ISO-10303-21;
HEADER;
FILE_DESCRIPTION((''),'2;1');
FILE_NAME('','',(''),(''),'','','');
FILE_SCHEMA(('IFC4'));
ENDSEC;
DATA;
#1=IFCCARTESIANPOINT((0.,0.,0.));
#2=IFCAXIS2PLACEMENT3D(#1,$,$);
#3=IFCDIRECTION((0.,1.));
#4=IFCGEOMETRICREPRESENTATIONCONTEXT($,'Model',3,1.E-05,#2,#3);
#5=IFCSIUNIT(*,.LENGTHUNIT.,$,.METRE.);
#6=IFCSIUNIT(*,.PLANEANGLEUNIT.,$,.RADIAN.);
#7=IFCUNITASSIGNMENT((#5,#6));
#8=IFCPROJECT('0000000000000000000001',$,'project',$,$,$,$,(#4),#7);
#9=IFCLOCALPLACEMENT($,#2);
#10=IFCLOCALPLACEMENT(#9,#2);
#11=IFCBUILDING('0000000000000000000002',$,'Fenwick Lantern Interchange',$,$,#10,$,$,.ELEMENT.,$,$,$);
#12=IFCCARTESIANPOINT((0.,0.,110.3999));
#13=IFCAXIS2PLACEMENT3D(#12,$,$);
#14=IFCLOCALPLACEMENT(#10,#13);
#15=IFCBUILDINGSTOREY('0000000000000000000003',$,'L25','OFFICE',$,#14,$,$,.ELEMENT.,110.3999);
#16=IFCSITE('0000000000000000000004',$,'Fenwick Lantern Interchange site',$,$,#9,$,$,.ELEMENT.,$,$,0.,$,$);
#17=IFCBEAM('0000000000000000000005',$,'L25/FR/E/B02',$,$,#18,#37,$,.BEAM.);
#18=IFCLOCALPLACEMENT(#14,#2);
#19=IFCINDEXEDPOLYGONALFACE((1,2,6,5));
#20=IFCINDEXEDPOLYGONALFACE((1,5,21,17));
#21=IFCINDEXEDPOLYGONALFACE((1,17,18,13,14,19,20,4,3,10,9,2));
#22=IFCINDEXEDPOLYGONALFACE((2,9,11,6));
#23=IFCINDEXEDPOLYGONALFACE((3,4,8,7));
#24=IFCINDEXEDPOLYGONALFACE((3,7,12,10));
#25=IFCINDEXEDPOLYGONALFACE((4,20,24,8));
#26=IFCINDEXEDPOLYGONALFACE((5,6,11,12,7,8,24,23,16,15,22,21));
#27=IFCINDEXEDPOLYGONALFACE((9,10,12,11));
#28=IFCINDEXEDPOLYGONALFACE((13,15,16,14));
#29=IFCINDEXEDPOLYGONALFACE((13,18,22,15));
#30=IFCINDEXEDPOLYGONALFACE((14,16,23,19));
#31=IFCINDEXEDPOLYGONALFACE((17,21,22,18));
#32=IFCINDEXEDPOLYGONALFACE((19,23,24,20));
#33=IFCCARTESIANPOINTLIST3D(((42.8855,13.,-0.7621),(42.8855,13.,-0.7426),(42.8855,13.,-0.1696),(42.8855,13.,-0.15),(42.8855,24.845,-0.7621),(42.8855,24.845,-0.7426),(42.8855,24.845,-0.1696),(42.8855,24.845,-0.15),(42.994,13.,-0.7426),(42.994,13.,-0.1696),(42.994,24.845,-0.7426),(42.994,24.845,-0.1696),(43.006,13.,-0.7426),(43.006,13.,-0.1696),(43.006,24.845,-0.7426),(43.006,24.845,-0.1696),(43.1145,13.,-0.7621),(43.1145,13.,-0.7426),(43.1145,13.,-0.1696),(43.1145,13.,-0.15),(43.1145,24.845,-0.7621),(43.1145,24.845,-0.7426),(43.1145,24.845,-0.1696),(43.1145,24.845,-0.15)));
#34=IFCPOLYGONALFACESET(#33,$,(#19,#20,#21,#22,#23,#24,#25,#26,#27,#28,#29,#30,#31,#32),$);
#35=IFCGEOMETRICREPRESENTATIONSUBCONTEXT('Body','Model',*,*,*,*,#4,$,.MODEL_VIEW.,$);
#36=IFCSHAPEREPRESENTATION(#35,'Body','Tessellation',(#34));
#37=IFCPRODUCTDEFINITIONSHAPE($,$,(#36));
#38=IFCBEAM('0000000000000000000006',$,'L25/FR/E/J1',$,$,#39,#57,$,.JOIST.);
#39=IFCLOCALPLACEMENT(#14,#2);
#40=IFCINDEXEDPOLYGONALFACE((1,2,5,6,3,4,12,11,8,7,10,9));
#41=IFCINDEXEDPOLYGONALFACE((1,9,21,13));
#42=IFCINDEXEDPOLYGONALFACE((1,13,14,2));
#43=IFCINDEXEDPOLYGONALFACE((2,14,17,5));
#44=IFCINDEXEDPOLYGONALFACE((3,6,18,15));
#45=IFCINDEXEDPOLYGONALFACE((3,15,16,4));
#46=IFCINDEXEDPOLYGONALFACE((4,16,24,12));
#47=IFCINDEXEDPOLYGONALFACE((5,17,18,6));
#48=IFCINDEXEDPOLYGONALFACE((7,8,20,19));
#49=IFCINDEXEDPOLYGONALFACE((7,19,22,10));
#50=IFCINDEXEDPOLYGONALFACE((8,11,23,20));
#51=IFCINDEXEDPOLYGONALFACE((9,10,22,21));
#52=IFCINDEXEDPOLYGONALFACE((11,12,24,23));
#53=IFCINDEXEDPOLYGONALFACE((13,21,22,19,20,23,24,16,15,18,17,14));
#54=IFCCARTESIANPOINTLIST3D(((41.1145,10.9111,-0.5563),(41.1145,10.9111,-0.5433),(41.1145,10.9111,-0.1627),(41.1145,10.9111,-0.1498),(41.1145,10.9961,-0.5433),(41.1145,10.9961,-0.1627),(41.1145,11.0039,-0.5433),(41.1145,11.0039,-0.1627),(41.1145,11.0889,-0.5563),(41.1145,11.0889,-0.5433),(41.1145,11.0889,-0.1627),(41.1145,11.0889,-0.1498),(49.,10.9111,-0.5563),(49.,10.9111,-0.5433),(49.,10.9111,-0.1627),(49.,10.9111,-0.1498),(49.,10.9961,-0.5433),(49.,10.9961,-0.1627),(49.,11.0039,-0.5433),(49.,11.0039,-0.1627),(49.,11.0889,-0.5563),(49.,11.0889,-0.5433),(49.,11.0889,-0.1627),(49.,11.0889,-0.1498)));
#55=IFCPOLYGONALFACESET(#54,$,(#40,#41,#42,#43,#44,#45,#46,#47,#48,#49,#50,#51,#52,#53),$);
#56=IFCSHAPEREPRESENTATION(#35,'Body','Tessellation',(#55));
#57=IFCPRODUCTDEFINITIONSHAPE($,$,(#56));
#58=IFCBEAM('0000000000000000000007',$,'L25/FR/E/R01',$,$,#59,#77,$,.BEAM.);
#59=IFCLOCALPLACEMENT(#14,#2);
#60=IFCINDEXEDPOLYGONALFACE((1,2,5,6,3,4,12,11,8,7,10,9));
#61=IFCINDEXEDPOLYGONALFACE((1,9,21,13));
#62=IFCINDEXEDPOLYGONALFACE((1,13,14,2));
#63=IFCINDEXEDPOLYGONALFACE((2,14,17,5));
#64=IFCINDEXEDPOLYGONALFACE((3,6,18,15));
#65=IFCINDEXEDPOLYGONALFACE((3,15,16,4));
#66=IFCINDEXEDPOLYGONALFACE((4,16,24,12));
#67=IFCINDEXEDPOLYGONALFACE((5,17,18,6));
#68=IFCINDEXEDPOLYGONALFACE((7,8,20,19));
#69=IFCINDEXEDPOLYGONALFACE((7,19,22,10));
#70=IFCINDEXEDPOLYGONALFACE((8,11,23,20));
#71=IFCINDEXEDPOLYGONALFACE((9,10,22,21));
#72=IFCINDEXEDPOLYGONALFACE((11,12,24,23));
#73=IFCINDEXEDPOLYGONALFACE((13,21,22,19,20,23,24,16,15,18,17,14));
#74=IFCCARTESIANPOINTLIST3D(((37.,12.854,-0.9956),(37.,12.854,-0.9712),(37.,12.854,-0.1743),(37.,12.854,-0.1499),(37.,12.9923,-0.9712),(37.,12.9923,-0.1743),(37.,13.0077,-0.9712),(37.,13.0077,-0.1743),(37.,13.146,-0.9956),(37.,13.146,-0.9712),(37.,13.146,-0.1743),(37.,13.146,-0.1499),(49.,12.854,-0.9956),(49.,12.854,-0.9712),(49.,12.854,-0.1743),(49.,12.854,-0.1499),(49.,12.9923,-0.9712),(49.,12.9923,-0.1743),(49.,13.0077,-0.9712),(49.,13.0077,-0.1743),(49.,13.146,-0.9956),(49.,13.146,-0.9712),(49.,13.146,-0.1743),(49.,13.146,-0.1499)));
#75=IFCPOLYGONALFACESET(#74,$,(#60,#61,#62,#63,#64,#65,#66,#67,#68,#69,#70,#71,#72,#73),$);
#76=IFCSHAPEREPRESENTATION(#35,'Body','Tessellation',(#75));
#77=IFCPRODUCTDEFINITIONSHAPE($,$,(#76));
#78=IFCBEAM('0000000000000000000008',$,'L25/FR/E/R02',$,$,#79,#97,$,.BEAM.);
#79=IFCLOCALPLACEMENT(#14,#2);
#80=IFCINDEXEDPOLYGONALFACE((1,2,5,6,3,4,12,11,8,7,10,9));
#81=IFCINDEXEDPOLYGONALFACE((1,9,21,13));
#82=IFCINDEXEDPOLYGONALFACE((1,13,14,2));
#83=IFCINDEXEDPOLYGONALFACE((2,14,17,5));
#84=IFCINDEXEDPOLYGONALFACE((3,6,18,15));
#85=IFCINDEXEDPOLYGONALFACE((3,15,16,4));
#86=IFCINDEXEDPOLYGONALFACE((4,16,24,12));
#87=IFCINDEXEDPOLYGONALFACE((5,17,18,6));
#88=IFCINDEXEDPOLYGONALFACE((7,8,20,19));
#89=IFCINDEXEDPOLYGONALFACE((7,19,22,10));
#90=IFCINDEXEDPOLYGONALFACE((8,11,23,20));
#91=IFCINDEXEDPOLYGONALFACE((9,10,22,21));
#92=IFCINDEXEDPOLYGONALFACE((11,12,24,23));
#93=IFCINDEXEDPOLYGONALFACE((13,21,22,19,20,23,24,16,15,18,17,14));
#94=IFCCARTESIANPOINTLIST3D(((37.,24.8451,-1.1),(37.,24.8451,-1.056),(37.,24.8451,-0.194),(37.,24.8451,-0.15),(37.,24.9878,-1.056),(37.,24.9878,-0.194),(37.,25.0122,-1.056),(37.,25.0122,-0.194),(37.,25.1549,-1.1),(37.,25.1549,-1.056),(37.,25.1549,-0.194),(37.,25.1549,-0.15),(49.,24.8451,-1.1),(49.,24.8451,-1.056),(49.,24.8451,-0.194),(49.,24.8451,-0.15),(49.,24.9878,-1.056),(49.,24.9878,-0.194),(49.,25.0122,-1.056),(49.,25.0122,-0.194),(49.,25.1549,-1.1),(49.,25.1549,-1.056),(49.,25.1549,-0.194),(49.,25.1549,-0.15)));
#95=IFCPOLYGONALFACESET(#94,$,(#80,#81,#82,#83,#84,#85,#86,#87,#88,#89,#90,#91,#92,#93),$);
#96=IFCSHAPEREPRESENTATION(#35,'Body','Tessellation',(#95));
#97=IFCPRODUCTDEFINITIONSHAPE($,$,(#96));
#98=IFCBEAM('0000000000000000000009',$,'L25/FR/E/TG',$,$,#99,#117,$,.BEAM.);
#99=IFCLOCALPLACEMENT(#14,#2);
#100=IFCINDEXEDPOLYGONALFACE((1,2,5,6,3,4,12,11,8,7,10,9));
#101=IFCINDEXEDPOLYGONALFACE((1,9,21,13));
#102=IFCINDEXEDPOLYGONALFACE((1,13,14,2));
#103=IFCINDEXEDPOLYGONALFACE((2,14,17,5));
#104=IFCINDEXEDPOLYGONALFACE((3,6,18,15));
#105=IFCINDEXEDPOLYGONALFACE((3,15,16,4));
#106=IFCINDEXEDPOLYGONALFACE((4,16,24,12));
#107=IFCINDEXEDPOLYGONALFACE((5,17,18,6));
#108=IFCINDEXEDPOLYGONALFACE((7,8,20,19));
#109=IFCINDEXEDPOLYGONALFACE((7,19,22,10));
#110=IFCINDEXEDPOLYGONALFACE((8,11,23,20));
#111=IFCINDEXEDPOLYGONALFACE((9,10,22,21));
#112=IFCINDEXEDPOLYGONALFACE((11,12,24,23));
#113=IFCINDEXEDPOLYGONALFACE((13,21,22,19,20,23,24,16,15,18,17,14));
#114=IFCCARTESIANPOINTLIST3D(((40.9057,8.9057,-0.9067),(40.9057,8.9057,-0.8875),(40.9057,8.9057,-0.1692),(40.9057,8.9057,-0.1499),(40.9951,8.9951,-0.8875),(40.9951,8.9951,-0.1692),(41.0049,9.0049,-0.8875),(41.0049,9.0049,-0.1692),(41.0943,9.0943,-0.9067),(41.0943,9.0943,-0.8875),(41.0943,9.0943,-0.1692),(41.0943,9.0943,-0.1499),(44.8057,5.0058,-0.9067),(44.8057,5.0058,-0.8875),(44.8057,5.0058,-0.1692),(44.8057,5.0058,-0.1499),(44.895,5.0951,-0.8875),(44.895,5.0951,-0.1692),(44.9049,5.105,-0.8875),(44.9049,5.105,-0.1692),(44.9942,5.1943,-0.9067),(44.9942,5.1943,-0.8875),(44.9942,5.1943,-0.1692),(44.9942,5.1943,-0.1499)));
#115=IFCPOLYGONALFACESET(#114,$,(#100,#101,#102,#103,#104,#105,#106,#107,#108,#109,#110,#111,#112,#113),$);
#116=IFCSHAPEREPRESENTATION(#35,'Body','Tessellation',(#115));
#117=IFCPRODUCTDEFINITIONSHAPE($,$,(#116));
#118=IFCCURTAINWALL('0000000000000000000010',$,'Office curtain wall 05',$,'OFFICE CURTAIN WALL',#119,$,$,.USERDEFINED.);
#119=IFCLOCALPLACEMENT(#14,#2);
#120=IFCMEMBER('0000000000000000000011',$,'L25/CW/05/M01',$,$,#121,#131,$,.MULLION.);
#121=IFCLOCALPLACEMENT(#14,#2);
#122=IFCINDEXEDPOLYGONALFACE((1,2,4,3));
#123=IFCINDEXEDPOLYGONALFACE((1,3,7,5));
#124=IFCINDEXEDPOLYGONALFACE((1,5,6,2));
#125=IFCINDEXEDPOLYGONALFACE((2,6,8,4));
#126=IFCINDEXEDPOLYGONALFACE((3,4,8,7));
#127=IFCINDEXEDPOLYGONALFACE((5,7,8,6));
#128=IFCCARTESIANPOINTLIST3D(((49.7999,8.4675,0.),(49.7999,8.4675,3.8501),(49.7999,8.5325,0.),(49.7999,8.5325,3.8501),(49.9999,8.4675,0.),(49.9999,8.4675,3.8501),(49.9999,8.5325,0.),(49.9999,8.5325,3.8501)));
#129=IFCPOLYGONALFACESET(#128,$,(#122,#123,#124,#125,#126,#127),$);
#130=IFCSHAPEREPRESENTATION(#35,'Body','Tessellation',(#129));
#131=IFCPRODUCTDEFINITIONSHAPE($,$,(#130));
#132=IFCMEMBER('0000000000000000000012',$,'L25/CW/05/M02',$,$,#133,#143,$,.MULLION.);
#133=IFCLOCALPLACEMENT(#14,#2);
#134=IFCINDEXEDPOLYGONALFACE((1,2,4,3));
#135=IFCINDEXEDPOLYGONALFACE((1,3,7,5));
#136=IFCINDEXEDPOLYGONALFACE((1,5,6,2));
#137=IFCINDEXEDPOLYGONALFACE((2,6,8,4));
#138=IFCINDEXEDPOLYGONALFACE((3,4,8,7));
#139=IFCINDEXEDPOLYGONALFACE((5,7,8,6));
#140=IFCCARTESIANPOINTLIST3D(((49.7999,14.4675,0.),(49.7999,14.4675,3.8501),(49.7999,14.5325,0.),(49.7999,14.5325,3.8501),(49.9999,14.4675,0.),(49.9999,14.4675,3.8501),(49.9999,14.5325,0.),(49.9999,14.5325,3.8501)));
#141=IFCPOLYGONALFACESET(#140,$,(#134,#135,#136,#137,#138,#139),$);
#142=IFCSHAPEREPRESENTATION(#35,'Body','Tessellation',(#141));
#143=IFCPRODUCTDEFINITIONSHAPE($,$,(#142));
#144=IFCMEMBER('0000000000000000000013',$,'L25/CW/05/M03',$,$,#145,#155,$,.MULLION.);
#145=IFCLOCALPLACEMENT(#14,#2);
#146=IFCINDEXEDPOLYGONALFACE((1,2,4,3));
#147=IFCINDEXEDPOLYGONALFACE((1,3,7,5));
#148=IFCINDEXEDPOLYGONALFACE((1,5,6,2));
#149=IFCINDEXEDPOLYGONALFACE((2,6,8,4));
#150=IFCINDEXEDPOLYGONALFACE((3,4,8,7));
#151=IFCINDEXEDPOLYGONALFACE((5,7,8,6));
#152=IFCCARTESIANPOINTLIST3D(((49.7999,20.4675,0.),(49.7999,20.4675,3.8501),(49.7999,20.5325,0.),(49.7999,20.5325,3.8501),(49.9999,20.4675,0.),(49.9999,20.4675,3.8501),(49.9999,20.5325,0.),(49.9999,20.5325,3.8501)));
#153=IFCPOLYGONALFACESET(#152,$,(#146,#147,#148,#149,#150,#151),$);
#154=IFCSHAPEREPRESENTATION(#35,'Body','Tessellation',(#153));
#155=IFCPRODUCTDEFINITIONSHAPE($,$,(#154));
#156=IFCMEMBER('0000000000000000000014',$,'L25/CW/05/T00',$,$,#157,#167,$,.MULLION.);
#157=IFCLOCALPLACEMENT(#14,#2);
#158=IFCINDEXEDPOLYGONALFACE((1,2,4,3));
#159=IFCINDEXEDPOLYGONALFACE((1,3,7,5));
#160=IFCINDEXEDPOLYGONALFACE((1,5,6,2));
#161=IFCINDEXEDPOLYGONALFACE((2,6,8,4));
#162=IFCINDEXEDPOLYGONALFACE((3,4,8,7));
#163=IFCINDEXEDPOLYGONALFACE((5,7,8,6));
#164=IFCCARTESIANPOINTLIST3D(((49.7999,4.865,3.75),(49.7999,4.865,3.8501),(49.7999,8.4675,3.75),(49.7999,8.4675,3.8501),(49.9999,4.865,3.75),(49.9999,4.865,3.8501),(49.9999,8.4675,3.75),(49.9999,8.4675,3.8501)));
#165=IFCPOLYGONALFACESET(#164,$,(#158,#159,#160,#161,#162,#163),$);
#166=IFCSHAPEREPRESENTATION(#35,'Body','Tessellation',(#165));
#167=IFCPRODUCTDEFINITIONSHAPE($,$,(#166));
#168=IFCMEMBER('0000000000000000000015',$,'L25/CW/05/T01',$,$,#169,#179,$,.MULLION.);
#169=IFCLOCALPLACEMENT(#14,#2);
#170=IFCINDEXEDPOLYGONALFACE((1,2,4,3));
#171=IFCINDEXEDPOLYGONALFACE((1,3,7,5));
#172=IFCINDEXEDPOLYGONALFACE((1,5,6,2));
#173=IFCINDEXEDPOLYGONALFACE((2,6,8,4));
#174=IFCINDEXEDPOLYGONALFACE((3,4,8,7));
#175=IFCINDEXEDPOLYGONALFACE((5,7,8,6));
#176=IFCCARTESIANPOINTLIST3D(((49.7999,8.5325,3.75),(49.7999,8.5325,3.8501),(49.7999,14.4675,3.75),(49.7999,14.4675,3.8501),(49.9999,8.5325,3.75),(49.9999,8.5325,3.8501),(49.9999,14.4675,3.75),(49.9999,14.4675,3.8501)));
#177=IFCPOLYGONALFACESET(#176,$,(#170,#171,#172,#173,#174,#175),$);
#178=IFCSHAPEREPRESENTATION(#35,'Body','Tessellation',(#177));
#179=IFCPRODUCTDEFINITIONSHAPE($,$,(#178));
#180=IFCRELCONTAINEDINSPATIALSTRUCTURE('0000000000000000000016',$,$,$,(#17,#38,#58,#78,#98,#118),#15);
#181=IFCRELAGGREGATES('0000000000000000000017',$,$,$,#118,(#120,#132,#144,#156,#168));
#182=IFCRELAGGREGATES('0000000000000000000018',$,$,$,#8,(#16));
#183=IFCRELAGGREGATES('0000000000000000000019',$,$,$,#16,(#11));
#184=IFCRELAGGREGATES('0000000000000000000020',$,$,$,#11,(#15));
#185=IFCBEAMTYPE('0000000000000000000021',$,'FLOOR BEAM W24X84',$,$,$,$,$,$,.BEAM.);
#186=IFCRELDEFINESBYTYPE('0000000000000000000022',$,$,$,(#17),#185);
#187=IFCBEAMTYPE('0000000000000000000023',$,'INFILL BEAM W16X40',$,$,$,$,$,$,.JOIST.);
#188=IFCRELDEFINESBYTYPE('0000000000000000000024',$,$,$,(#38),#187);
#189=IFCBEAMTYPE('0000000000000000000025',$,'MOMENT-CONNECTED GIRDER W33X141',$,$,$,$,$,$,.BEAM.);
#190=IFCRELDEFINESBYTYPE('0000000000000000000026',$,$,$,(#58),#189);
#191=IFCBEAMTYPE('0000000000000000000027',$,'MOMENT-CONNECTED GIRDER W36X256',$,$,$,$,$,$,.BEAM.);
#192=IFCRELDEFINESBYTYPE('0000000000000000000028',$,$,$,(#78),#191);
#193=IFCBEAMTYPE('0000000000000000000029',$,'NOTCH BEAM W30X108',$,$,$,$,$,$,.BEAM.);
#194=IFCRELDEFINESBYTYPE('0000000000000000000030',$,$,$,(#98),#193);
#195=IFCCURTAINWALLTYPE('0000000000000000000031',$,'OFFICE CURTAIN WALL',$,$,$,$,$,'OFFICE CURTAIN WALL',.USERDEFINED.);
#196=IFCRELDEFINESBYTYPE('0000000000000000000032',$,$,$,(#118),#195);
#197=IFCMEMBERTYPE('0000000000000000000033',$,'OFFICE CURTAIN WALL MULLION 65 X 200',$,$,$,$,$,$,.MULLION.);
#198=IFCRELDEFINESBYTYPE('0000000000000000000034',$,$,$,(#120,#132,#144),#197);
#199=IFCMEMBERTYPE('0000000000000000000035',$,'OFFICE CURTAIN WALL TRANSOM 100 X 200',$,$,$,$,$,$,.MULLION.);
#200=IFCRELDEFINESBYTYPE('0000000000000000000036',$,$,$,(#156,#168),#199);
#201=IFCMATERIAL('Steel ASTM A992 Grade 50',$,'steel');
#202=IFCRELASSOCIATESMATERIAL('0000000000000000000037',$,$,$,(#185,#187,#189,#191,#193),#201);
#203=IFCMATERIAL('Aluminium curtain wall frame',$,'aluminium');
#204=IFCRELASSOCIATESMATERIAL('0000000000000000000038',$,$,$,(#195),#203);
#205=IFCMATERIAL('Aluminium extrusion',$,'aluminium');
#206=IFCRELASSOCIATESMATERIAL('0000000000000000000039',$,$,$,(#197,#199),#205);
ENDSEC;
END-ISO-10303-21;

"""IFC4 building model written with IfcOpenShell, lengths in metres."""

from ifc_helpers import new_model, si_unit, direction, frame, origin, origin_2d, place, context, subcontext, project, spatial, rectangle, i_section, extrude, material, material_profile, profile_set, type_object, element, aggregate, save


model = new_model("IFC4")

# Units and contexts
model_context = context("Model", 3, precision=1e-05, world=origin(), true_north=direction((0.0, 1.0)))
body_context = subcontext(model_context, "Body", "Model", "MODEL_VIEW")
ifc_project = project(units=[si_unit("LENGTHUNIT", "METRE"), si_unit("PLANEANGLEUNIT", "RADIAN")], contexts=[model_context])

# Site, building, storey
site_placement = place(None, origin())
site = spatial("IfcSite", under=ifc_project, at=site_placement, Name="Fenwick Lantern Interchange site", CompositionType="ELEMENT", RefElevation=0.0)
building_placement = place(site_placement, origin())
building = spatial("IfcBuilding", under=site, at=building_placement, Name="Fenwick Lantern Interchange", CompositionType="ELEMENT")
storey_placement = place(building_placement, frame((0.0, 0.0, 110.3999)))
storey = spatial("IfcBuildingStorey", under=building, at=storey_placement, Name="L25", Description="OFFICE", CompositionType="ELEMENT", Elevation=110.3999)

# Shared definitions
ifc_material_1 = material(Name="Steel ASTM A992 Grade 50", Category="steel")

# Beams
ifc_material_profile_1 = material_profile(ifc_material_1, i_section(OverallWidth=0.229, OverallDepth=0.6121, WebThickness=0.012, FlangeThickness=0.0195, at=origin_2d()), Name="W24X84")
ifc_profile_set_1 = profile_set([ifc_material_profile_1], Name="Steel ASTM A992 Grade 50")
beam_type_1 = type_object("IfcBeamType", Name="FLOOR BEAM W24X84", PredefinedType="BEAM", material=ifc_profile_set_1)
for number, where, z_axis, x_axis, name in (
    (1, (43.0, 13.0, -0.4561), (0.0, 1.0, 0.0), (-1.0, 0.0, 0.0), "L25/FR/E/B02"),
):
    element("IfcBeam", number, at=place(storey_placement, frame(where, z_axis=z_axis, x_axis=x_axis)), inside=storey, type_object=beam_type_1, Name=name, PredefinedType="BEAM", context=body_context, shape_type="SweptSolid", body=[
        extrude(i_section(OverallWidth=0.229, OverallDepth=0.6121, WebThickness=0.012, FlangeThickness=0.0195, at=origin_2d()), origin(), (0.0, 0.0, 1.0), 11.845),
    ])
ifc_material_profile_2 = material_profile(ifc_material_1, i_section(OverallWidth=0.1777, OverallDepth=0.4065, WebThickness=0.0078, FlangeThickness=0.0129, at=origin_2d()), Name="W16X40")
ifc_profile_set_2 = profile_set([ifc_material_profile_2], Name="Steel ASTM A992 Grade 50")
beam_type_2 = type_object("IfcBeamType", Name="INFILL BEAM W16X40", PredefinedType="JOIST", material=ifc_profile_set_2)
beam_1_placement = place(storey_placement, frame((49.0, 11.0, -0.353), z_axis=(-1.0, 0.0, 0.0), x_axis=(0.0, -1.0, 0.0)))
element("IfcBeam", 2, at=beam_1_placement, inside=storey, type_object=beam_type_2, Name="L25/FR/E/J1", PredefinedType="JOIST", context=body_context, shape_type="SweptSolid", body=[
    extrude(i_section(OverallWidth=0.1777, OverallDepth=0.4065, WebThickness=0.0078, FlangeThickness=0.0129, at=origin_2d()), origin(), (0.0, 0.0, 1.0), 7.8855),
])
ifc_material_profile_3 = material_profile(ifc_material_1, i_section(OverallWidth=0.292, OverallDepth=0.8457, WebThickness=0.0154, FlangeThickness=0.0244, at=origin_2d()), Name="W33X141")
ifc_profile_set_3 = profile_set([ifc_material_profile_3], Name="Steel ASTM A992 Grade 50")
beam_type_3 = type_object("IfcBeamType", Name="MOMENT-CONNECTED GIRDER W33X141", PredefinedType="BEAM", material=ifc_profile_set_3)
beam_2_placement = place(storey_placement, frame((49.0, 13.0, -0.5728), z_axis=(-1.0, 0.0, 0.0), x_axis=(0.0, -1.0, 0.0)))
element("IfcBeam", 3, at=beam_2_placement, inside=storey, type_object=beam_type_3, Name="L25/FR/E/R01", PredefinedType="BEAM", context=body_context, shape_type="SweptSolid", body=[
    extrude(i_section(OverallWidth=0.292, OverallDepth=0.8457, WebThickness=0.0154, FlangeThickness=0.0244, at=origin_2d()), origin(), (0.0, 0.0, 1.0), 12.0),
])
ifc_material_profile_4 = material_profile(ifc_material_1, i_section(OverallWidth=0.3098, OverallDepth=0.95, WebThickness=0.0244, FlangeThickness=0.0439, at=origin_2d()), Name="W36X256")
ifc_profile_set_4 = profile_set([ifc_material_profile_4], Name="Steel ASTM A992 Grade 50")
beam_type_4 = type_object("IfcBeamType", Name="MOMENT-CONNECTED GIRDER W36X256", PredefinedType="BEAM", material=ifc_profile_set_4)
beam_3_placement = place(storey_placement, frame((49.0, 25.0, -0.625), z_axis=(-1.0, 0.0, 0.0), x_axis=(0.0, -1.0, 0.0)))
element("IfcBeam", 4, at=beam_3_placement, inside=storey, type_object=beam_type_4, Name="L25/FR/E/R02", PredefinedType="BEAM", context=body_context, shape_type="SweptSolid", body=[
    extrude(i_section(OverallWidth=0.3098, OverallDepth=0.95, WebThickness=0.0244, FlangeThickness=0.0439, at=origin_2d()), origin(), (0.0, 0.0, 1.0), 12.0),
])
ifc_material_profile_5 = material_profile(ifc_material_1, i_section(OverallWidth=0.2666, OverallDepth=0.7568, WebThickness=0.0139, FlangeThickness=0.0193, at=origin_2d()), Name="W30X108")
ifc_profile_set_5 = profile_set([ifc_material_profile_5], Name="Steel ASTM A992 Grade 50")
beam_type_5 = type_object("IfcBeamType", Name="NOTCH BEAM W30X108", PredefinedType="BEAM", material=ifc_profile_set_5)
beam_4_placement = place(storey_placement, frame((41.0, 9.0, -0.5283), z_axis=(0.707107, -0.707107, 0.0), x_axis=(0.707107, 0.707107, 0.0)))
element("IfcBeam", 5, at=beam_4_placement, inside=storey, type_object=beam_type_5, Name="L25/FR/E/TG", PredefinedType="BEAM", context=body_context, shape_type="SweptSolid", body=[
    extrude(i_section(OverallWidth=0.2666, OverallDepth=0.7568, WebThickness=0.0139, FlangeThickness=0.0193, at=origin_2d()), origin(), (0.0, 0.0, 1.0), 5.5154),
])

# Curtain wall, members
ifc_material_2 = material(Name="Aluminium curtain wall frame", Category="aluminium")
curtain_wall_type = type_object("IfcCurtainWallType", Name="OFFICE CURTAIN WALL", ElementType="OFFICE CURTAIN WALL", PredefinedType="USERDEFINED", material=ifc_material_2)
curtain_wall_placement = place(storey_placement, origin())
curtain_wall = element("IfcCurtainWall", 6, at=curtain_wall_placement, inside=storey, type_object=curtain_wall_type, Name="Office curtain wall 05", ObjectType="OFFICE CURTAIN WALL", PredefinedType="USERDEFINED")
ifc_material_3 = material(Name="Aluminium extrusion", Category="aluminium")
ifc_material_profile_6 = material_profile(ifc_material_3, rectangle(XDim=0.2, YDim=0.0649, at=origin_2d()), Name="OFFICE CURTAIN WALL MULLION 65 X 200")
ifc_profile_set_6 = profile_set([ifc_material_profile_6], Name="Aluminium extrusion")
member_type_1 = type_object("IfcMemberType", Name="OFFICE CURTAIN WALL MULLION 65 X 200", PredefinedType="MULLION", material=ifc_profile_set_6)
member_1_placement = place(storey_placement, frame((49.8999, 8.5, 0.0), z_axis=(0.0, 0.0, 1.0), x_axis=(-1.0, 0.0, 0.0)))
member_1 = element("IfcMember", 7, at=member_1_placement, type_object=member_type_1, Name="L25/CW/05/M01", PredefinedType="MULLION", context=body_context, shape_type="SweptSolid", body=[
    extrude(rectangle(XDim=0.2, YDim=0.0649, at=origin_2d()), origin(), (0.0, 0.0, 1.0), 3.8501),
])
member_2_placement = place(storey_placement, frame((49.8999, 14.5, 0.0), z_axis=(0.0, 0.0, 1.0), x_axis=(-1.0, 0.0, 0.0)))
member_2 = element("IfcMember", 8, at=member_2_placement, type_object=member_type_1, Name="L25/CW/05/M02", PredefinedType="MULLION", context=body_context, shape_type="SweptSolid", body=[
    extrude(rectangle(XDim=0.2, YDim=0.0649, at=origin_2d()), origin(), (0.0, 0.0, 1.0), 3.8501),
])
member_3_placement = place(storey_placement, frame((49.8999, 20.5, 0.0), z_axis=(0.0, 0.0, 1.0), x_axis=(-1.0, 0.0, 0.0)))
member_3 = element("IfcMember", 9, at=member_3_placement, type_object=member_type_1, Name="L25/CW/05/M03", PredefinedType="MULLION", context=body_context, shape_type="SweptSolid", body=[
    extrude(rectangle(XDim=0.2, YDim=0.0649, at=origin_2d()), origin(), (0.0, 0.0, 1.0), 3.8501),
])
ifc_material_profile_7 = material_profile(ifc_material_3, rectangle(XDim=0.2, YDim=0.1001, at=origin_2d()), Name="OFFICE CURTAIN WALL TRANSOM 100 X 200")
ifc_profile_set_7 = profile_set([ifc_material_profile_7], Name="Aluminium extrusion")
member_type_2 = type_object("IfcMemberType", Name="OFFICE CURTAIN WALL TRANSOM 100 X 200", PredefinedType="MULLION", material=ifc_profile_set_7)
member_4_placement = place(storey_placement, frame((49.8999, 4.865, 3.8), z_axis=(0.0, 1.0, 0.0), x_axis=(-1.0, 0.0, 0.0)))
member_4 = element("IfcMember", 10, at=member_4_placement, type_object=member_type_2, Name="L25/CW/05/T00", PredefinedType="MULLION", context=body_context, shape_type="SweptSolid", body=[
    extrude(rectangle(XDim=0.2, YDim=0.1001, at=origin_2d()), origin(), (0.0, 0.0, 1.0), 3.6025),
])
member_5_placement = place(storey_placement, frame((49.8999, 8.5325, 3.8), z_axis=(0.0, 1.0, 0.0), x_axis=(-1.0, 0.0, 0.0)))
member_5 = element("IfcMember", 11, at=member_5_placement, type_object=member_type_2, Name="L25/CW/05/T01", PredefinedType="MULLION", context=body_context, shape_type="SweptSolid", body=[
    extrude(rectangle(XDim=0.2, YDim=0.1001, at=origin_2d()), origin(), (0.0, 0.0, 1.0), 5.9351),
])
aggregate(curtain_wall, [member_1, member_2, member_3, member_4, member_5])

save(model, "model.ifc")
